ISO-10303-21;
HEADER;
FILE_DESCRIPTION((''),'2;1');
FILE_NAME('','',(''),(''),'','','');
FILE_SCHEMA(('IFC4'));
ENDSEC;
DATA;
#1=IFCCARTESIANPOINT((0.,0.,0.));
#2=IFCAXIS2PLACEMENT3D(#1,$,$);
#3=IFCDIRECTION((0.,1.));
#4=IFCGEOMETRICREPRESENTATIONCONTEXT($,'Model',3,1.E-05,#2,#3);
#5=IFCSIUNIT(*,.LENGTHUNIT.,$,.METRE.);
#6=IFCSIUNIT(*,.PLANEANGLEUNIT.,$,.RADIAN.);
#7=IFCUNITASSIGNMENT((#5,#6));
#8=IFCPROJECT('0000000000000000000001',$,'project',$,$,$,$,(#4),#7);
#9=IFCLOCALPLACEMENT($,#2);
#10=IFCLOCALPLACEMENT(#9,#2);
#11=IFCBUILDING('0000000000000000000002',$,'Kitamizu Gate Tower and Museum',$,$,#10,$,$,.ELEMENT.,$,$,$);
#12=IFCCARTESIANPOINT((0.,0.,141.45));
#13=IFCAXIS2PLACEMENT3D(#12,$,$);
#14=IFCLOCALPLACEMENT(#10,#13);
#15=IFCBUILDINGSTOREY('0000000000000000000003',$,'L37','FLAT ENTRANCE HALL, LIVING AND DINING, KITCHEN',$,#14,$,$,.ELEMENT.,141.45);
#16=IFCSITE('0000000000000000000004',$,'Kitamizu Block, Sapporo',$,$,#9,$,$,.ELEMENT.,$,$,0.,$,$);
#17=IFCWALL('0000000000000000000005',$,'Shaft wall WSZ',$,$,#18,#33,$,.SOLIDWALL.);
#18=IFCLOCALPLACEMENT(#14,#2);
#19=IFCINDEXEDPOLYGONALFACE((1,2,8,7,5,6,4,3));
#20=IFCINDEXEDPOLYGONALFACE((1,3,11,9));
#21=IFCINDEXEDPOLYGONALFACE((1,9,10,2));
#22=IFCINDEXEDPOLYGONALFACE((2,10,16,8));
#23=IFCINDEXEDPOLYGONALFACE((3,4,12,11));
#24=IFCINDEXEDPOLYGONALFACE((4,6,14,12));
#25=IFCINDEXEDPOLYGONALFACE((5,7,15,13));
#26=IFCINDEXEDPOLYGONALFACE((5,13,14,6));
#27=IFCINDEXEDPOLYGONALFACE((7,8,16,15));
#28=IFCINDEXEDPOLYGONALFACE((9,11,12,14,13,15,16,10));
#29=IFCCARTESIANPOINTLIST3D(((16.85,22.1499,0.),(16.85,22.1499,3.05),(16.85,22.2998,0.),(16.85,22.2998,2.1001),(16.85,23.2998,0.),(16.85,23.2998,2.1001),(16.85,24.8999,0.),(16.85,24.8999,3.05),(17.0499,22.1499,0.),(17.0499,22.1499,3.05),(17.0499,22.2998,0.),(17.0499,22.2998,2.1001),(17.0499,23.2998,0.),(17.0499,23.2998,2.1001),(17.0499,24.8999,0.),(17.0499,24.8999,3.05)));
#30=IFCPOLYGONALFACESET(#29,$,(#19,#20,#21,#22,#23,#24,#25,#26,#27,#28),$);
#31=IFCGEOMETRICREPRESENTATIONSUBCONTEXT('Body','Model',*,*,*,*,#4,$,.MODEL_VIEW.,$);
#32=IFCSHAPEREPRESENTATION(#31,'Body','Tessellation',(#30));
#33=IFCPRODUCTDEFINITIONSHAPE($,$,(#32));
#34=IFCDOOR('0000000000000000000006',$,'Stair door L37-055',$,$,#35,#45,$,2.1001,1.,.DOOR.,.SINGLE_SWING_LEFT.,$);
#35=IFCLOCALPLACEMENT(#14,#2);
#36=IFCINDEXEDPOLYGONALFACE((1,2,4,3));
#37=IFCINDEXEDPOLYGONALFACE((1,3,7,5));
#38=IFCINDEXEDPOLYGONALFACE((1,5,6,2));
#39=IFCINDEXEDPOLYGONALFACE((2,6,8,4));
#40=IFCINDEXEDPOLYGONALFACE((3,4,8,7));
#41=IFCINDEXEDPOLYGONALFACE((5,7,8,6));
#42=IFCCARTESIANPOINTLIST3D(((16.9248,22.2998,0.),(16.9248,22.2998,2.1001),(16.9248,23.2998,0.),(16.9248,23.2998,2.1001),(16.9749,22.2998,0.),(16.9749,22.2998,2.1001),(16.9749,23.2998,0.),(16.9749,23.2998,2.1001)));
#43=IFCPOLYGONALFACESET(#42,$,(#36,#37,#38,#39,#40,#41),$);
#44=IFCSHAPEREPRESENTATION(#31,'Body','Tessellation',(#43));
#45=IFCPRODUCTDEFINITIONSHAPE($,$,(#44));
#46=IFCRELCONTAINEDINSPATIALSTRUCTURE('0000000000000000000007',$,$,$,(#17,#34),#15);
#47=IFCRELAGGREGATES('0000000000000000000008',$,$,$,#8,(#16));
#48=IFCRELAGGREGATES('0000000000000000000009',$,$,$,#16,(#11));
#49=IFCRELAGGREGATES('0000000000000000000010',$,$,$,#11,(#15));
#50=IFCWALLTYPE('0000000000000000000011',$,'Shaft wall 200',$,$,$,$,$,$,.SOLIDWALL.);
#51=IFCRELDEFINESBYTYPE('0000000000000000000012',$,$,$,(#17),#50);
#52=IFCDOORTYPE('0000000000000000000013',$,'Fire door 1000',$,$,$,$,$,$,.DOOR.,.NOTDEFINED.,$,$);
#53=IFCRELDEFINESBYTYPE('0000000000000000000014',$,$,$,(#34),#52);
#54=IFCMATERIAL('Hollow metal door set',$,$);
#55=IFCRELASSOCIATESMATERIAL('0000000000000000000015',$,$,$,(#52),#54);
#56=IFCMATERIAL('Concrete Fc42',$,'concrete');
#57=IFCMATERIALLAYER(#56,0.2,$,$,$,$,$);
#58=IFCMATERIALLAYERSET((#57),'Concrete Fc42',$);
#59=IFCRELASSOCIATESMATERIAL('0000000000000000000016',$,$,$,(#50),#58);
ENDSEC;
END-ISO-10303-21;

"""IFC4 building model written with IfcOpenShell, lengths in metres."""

from ifc_helpers import new_model, si_unit, direction, frame, frame_2d, origin, place, context, subcontext, project, spatial, rectangle, extrude, material, layer, layer_set, type_object, element, fill, save


model = new_model("IFC4")

# Units and contexts
model_context = context("Model", 3, precision=1e-05, world=origin(), true_north=direction((0.0, 1.0)))
body_context = subcontext(model_context, "Body", "Model", "MODEL_VIEW")
ifc_project = project(units=[si_unit("LENGTHUNIT", "METRE"), si_unit("PLANEANGLEUNIT", "RADIAN")], contexts=[model_context])

# Site, building, storey
site_placement = place(None, origin())
site = spatial("IfcSite", under=ifc_project, at=site_placement, Name="Kitamizu Block, Sapporo", CompositionType="ELEMENT", RefElevation=0.0)
building_placement = place(site_placement, origin())
building = spatial("IfcBuilding", under=site, at=building_placement, Name="Kitamizu Gate Tower and Museum", CompositionType="ELEMENT")
storey_placement = place(building_placement, frame((0.0, 0.0, 141.45)))
storey = spatial("IfcBuildingStorey", under=building, at=storey_placement, Name="L37", Description="FLAT ENTRANCE HALL, LIVING AND DINING, KITCHEN", CompositionType="ELEMENT", Elevation=141.45)

# Shared definitions
ifc_material_1 = material(Name="Hollow metal door set")
door_type_1 = type_object("IfcDoorType", Name="Fire door 1000", OperationType="NOTDEFINED", PredefinedType="DOOR", material=ifc_material_1)

# Shared definitions
ifc_material_2 = material(Name="Concrete Fc42", Category="concrete")
ifc_layer_1 = layer(ifc_material_2, 0.2)
ifc_layer_set_1 = layer_set([ifc_layer_1], Name="Concrete Fc42")
wall_type_1 = type_object("IfcWallType", Name="Shaft wall 200", PredefinedType="SOLIDWALL", material=ifc_layer_set_1)

# Wall, opening, door
wall_1_placement = place(storey_placement, frame((16.95, 22.1499, 0.0), z_axis=(0.0, 0.0, 1.0), x_axis=(0.0, 1.0, 0.0)))
wall_1 = element("IfcWall", 1, at=wall_1_placement, inside=storey, type_object=wall_type_1, Name="Shaft wall WSZ", PredefinedType="SOLIDWALL", context=body_context, shape_type="SweptSolid", body=[
    extrude(rectangle(XDim=2.75, YDim=0.2, at=frame_2d((1.375, 0.0))), origin(), (0.0, 0.0, 1.0), 3.05),
])
opening_1_placement = place(wall_1_placement, frame((0.1499, 0.0, 0.0)))
opening_1 = element("IfcOpeningElement", 2, at=opening_1_placement, cuts=wall_1, PredefinedType="OPENING", context=body_context, shape_type="SweptSolid", body=[
    extrude(rectangle(XDim=1.0, YDim=2.1001, at=frame_2d((0.5, 1.05))), frame((0.0, 0.1099, 0.0), z_axis=(0.0, -1.0, 0.0), x_axis=(1.0, 0.0, 0.0)), (0.0, 0.0, 1.0), 0.22),
])
door_1_placement = place(opening_1_placement, frame((1.0, 0.0, 0.0), x_axis=(-1.0, 0.0, 0.0)))
door_1 = element("IfcDoor", 3, at=door_1_placement, inside=storey, type_object=door_type_1, Name="Stair door L37-055", OperationType="SINGLE_SWING_LEFT", OverallHeight=2.1001, OverallWidth=1.0, PredefinedType="DOOR", context=body_context, shape_type="SweptSolid", body=[
    extrude(rectangle(XDim=1.0, YDim=2.1001, at=frame_2d((0.5, 1.05))), frame((0.0, 0.0249, 0.0), z_axis=(0.0, -1.0, 0.0), x_axis=(1.0, 0.0, 0.0)), (0.0, 0.0, 1.0), 0.05),
])
fill(opening_1, door_1)

save(model, "model.ifc")
